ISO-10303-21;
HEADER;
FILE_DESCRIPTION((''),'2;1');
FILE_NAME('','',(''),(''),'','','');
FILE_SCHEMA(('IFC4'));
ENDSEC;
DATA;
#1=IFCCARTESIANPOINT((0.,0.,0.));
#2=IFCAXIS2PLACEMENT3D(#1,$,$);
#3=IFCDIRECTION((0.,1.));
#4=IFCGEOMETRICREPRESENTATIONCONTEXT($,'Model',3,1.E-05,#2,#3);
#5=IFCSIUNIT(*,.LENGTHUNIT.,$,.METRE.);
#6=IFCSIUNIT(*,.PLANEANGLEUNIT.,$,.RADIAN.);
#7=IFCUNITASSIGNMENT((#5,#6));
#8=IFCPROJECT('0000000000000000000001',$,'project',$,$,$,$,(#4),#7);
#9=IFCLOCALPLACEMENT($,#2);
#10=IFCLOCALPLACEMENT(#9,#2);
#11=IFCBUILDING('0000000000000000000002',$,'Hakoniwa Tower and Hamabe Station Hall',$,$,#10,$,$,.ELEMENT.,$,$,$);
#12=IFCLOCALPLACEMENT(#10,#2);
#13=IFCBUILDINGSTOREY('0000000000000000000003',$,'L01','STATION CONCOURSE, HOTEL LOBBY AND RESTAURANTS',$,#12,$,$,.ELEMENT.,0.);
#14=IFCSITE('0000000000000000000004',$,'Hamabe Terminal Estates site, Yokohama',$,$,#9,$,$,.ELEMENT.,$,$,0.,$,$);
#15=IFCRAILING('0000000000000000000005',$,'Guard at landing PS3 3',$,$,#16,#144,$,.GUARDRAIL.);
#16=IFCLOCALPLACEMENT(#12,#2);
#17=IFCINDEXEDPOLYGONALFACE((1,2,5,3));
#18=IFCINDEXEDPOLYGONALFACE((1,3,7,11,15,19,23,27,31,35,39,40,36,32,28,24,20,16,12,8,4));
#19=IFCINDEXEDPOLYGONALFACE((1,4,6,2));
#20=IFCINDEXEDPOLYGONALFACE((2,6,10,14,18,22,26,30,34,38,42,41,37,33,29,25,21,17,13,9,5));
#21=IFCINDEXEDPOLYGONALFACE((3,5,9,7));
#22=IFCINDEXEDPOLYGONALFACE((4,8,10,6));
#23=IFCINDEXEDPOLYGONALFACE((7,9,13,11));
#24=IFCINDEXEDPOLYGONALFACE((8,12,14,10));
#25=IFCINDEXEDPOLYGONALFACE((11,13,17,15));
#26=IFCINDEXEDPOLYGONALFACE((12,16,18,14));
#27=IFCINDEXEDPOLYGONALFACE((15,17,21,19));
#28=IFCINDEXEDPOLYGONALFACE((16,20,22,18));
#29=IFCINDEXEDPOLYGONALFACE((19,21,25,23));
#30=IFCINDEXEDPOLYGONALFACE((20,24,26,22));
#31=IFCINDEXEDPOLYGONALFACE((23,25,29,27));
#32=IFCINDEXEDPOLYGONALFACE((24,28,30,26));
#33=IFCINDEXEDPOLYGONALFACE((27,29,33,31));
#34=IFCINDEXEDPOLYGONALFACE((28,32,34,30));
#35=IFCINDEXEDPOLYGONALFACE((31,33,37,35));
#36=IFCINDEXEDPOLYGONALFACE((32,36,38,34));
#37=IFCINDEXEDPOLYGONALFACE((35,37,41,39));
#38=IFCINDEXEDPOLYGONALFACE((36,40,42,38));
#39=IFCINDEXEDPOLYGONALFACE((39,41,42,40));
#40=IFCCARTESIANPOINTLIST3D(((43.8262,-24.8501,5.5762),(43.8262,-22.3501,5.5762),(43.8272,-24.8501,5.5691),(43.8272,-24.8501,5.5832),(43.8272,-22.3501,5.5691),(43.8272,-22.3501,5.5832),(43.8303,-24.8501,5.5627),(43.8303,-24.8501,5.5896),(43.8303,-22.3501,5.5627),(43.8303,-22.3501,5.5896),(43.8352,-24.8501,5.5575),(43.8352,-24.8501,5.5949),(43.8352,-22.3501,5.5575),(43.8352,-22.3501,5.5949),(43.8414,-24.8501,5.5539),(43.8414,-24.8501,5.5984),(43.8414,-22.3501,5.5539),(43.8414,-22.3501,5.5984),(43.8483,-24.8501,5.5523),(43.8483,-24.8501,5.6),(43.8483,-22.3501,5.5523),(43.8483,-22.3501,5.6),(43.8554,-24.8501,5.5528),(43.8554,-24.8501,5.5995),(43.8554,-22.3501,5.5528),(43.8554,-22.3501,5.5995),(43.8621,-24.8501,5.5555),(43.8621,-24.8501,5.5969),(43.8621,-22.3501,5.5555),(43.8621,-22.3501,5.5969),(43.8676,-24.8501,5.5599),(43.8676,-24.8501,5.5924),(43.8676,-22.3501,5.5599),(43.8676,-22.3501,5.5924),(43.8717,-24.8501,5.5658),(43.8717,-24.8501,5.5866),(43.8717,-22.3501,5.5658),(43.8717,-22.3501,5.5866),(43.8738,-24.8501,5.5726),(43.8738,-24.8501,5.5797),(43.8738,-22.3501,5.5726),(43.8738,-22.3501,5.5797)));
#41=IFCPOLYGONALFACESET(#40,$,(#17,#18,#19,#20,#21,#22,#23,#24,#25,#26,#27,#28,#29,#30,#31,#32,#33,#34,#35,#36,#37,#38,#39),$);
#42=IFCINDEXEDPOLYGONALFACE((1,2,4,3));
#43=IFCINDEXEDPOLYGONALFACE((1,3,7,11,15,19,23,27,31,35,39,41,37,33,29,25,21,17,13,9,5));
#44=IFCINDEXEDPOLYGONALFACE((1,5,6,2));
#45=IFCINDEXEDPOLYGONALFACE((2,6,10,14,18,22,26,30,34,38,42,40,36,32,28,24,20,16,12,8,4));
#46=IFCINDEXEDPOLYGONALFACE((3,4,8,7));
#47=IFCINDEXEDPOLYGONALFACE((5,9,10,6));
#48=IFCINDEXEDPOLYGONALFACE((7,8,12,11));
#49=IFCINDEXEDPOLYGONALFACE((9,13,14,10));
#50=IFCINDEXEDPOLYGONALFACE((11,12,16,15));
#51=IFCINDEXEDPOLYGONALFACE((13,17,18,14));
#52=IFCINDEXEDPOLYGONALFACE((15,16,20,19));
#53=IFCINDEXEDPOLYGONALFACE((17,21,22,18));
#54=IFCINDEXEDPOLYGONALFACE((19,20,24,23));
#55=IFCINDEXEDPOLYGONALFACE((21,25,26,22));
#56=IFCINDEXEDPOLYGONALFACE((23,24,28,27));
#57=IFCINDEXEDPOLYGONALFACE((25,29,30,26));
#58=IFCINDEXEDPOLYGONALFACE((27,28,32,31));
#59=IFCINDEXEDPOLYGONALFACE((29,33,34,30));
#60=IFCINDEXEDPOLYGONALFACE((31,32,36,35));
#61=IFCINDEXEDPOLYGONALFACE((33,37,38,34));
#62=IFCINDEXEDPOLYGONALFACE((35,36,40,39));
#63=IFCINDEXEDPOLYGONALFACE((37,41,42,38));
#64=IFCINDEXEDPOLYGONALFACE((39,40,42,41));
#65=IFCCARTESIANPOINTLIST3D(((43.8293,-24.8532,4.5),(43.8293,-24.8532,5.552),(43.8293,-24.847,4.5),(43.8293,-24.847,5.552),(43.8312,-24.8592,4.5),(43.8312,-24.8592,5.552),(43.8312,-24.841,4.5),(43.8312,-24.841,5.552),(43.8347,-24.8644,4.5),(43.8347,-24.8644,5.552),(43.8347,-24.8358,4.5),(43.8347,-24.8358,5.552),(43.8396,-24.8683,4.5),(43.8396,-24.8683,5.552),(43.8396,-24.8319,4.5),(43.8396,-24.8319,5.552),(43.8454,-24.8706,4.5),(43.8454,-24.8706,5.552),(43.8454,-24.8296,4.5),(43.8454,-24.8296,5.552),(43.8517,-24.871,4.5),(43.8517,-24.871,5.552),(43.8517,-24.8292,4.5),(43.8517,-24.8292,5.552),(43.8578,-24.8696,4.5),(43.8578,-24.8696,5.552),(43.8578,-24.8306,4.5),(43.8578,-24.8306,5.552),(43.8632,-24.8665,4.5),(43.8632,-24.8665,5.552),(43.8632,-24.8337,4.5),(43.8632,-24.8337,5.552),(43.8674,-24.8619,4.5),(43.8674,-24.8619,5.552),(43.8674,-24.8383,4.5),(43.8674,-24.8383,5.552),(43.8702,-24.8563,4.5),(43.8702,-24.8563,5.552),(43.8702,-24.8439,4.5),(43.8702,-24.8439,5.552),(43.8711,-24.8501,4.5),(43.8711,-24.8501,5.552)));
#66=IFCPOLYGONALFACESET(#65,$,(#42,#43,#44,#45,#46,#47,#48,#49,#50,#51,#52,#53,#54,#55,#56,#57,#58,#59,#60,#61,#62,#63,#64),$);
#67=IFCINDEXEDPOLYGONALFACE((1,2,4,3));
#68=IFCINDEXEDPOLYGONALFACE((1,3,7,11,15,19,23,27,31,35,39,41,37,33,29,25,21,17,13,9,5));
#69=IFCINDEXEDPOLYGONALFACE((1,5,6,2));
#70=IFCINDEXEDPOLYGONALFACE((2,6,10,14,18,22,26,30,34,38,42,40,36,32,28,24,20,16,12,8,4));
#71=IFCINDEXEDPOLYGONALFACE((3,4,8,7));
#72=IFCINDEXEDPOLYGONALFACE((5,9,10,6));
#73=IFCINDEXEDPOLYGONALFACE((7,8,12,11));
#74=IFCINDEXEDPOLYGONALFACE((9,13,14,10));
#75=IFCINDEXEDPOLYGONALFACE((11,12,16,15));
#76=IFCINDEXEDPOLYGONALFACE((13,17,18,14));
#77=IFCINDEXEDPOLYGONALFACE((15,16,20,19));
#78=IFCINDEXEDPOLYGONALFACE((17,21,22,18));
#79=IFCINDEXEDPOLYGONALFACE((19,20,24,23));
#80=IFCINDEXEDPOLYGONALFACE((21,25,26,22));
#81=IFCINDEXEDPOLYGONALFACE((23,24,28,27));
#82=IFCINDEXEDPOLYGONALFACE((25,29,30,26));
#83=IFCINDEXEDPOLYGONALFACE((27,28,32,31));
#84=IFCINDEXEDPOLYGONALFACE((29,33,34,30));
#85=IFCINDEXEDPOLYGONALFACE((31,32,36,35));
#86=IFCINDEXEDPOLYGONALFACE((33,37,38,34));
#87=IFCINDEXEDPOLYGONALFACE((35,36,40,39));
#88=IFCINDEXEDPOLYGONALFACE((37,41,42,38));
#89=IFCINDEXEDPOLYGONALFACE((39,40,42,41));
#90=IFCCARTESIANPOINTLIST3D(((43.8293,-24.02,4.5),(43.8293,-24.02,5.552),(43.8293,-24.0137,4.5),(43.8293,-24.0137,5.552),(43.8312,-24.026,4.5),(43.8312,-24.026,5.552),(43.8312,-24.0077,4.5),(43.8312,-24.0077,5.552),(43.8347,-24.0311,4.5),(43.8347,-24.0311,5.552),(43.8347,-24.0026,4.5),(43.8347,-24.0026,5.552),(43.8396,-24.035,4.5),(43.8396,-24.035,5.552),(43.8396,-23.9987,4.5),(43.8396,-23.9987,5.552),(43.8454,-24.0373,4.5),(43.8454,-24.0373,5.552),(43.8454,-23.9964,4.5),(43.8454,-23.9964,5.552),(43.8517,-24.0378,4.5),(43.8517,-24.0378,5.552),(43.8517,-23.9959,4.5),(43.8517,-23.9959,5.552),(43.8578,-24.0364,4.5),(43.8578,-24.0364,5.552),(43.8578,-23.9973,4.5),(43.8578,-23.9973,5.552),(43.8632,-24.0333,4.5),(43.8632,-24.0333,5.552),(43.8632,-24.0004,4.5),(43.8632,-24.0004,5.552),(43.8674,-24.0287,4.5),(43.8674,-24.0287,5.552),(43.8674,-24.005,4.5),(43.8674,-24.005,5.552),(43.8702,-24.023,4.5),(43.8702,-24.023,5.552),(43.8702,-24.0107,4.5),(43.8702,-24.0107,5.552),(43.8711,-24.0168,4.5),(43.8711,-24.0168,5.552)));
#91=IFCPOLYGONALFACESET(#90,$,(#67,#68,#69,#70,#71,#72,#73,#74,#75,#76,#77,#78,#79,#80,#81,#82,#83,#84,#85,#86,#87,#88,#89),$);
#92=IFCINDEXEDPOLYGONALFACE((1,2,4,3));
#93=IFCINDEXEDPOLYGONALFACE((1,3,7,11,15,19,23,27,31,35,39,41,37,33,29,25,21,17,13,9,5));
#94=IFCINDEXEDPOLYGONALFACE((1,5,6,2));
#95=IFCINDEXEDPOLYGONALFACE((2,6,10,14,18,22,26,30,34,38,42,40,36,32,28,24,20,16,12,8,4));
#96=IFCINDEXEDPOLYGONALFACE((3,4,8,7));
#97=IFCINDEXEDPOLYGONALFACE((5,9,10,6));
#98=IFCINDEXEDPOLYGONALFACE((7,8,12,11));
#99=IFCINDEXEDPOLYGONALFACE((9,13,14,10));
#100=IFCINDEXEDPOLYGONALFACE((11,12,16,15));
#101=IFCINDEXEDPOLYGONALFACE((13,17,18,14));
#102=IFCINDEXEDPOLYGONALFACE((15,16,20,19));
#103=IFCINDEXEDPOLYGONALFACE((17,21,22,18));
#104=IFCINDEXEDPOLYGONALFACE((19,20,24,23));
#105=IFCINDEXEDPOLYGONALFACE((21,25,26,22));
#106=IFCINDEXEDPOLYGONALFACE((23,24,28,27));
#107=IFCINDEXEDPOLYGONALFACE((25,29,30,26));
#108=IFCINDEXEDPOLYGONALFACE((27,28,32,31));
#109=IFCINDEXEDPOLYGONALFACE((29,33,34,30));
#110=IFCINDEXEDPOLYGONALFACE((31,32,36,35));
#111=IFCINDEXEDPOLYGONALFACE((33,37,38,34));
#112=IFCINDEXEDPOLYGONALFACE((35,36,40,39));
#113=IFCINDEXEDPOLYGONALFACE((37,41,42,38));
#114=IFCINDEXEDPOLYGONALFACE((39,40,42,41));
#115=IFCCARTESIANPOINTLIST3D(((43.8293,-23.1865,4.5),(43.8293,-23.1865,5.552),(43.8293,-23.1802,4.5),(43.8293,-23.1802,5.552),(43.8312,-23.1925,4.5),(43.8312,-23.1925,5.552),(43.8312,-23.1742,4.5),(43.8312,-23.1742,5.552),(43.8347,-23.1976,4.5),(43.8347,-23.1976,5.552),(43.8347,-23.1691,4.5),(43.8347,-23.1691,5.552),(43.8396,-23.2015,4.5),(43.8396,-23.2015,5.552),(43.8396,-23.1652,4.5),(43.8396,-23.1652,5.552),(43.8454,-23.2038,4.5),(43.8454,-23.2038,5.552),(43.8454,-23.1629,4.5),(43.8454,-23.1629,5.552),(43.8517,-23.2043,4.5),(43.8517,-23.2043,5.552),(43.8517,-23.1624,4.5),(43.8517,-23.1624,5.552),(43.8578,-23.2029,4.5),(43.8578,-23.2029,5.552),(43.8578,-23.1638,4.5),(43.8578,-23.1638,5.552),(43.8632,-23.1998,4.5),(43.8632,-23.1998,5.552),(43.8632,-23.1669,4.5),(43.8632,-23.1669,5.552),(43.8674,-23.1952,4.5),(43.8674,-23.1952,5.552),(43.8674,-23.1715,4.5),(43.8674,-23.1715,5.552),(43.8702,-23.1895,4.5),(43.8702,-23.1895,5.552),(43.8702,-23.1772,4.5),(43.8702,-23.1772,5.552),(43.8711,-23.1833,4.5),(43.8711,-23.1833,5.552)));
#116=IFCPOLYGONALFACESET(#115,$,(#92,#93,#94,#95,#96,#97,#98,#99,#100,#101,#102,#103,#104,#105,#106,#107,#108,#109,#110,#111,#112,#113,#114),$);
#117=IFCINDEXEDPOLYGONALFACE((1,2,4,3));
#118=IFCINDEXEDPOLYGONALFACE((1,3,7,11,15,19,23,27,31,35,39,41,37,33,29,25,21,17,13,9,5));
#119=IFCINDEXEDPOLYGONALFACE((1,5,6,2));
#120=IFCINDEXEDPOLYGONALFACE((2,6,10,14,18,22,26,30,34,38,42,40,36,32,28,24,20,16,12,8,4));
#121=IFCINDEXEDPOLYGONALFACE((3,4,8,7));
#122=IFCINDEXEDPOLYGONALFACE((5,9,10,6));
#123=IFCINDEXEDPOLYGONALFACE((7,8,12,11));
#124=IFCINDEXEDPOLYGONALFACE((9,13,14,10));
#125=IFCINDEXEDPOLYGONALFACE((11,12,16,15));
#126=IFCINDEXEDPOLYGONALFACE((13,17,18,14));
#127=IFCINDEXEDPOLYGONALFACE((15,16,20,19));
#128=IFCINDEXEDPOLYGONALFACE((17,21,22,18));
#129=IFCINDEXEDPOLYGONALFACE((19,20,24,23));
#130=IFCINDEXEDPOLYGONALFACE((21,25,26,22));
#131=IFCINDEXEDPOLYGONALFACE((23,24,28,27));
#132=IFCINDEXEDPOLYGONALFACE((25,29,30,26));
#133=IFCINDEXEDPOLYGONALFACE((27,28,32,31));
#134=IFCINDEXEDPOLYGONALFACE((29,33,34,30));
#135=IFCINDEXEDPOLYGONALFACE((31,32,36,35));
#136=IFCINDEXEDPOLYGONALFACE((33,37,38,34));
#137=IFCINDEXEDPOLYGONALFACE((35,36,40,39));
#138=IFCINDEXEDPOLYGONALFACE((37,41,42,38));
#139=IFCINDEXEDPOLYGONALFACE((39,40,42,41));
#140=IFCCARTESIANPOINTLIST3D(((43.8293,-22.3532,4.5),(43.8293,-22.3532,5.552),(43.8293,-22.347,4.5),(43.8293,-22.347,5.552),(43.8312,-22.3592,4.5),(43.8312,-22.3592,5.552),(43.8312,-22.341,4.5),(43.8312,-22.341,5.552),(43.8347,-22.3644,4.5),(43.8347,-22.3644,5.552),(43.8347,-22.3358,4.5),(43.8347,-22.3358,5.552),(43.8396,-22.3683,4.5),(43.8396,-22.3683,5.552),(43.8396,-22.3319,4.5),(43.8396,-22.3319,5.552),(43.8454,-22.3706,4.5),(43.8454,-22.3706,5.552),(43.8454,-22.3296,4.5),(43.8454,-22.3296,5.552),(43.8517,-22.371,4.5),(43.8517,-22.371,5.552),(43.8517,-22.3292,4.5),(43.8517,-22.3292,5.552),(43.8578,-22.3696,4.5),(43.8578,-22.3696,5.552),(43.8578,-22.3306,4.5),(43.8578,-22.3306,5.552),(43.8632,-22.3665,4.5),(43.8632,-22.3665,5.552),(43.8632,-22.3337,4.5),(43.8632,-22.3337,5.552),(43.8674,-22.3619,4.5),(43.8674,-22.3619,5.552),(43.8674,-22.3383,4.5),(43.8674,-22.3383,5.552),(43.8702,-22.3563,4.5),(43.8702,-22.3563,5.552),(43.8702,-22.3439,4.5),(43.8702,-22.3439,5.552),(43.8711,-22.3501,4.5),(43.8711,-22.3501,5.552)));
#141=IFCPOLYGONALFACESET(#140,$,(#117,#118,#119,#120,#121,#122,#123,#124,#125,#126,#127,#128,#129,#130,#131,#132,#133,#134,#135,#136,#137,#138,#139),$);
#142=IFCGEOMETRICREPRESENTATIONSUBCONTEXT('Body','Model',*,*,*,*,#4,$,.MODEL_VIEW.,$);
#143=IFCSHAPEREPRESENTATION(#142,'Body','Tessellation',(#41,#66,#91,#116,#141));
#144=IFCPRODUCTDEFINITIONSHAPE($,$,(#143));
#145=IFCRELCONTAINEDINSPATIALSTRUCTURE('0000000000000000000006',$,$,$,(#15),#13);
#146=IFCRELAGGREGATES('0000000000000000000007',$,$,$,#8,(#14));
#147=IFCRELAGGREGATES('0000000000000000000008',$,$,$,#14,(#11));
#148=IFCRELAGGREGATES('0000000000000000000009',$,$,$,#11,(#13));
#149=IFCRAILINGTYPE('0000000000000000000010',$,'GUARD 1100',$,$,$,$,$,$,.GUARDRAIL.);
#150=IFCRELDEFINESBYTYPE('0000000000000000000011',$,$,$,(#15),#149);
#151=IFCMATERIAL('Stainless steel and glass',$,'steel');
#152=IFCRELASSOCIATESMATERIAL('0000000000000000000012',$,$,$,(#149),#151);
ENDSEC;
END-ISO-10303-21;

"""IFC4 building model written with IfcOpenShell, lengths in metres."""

from ifc_helpers import new_model, si_unit, direction, frame, origin, origin_2d, place, context, subcontext, project, spatial, circle, extrude, material, type_object, element, save


model = new_model("IFC4")

# Units and contexts
model_context = context("Model", 3, precision=1e-05, world=origin(), true_north=direction((0.0, 1.0)))
body_context = subcontext(model_context, "Body", "Model", "MODEL_VIEW")
ifc_project = project(units=[si_unit("LENGTHUNIT", "METRE"), si_unit("PLANEANGLEUNIT", "RADIAN")], contexts=[model_context])

# Site, building, storey
site_placement = place(None, origin())
site = spatial("IfcSite", under=ifc_project, at=site_placement, Name="Hamabe Terminal Estates site, Yokohama", CompositionType="ELEMENT", RefElevation=0.0)
building_placement = place(site_placement, origin())
building = spatial("IfcBuilding", under=site, at=building_placement, Name="Hakoniwa Tower and Hamabe Station Hall", CompositionType="ELEMENT")
storey_placement = place(building_placement, origin())
storey = spatial("IfcBuildingStorey", under=building, at=storey_placement, Name="L01", Description="STATION CONCOURSE, HOTEL LOBBY AND RESTAURANTS", CompositionType="ELEMENT", Elevation=0.0)

# Railing
ifc_material_1 = material(Name="Stainless steel and glass", Category="steel")
railing_type_1 = type_object("IfcRailingType", Name="GUARD 1100", PredefinedType="GUARDRAIL", material=ifc_material_1)
railing_placement = place(storey_placement, frame((43.8501, -24.8501, 4.5)))
element("IfcRailing", 1, at=railing_placement, inside=storey, type_object=railing_type_1, Name="Guard at landing PS3 3", PredefinedType="GUARDRAIL", context=body_context, shape_type="SweptSolid", body=[
    extrude(circle(Radius=0.0239, at=origin_2d()), frame((0.0, 0.0, 1.0762), z_axis=(0.0, 1.0, 0.0), x_axis=(-1.0, 0.0, 0.0)), (0.0, 0.0, 1.0), 2.5),
    extrude(circle(Radius=0.021, at=origin_2d()), origin(), (0.0, 0.0, 1.0), 1.052),
    extrude(circle(Radius=0.021, at=origin_2d()), frame((0.0, 0.8333, 0.0)), (0.0, 0.0, 1.0), 1.052),
    extrude(circle(Radius=0.021, at=origin_2d()), frame((0.0, 1.6667, 0.0)), (0.0, 0.0, 1.0), 1.052),
    extrude(circle(Radius=0.021, at=origin_2d()), frame((0.0, 2.5, 0.0)), (0.0, 0.0, 1.0), 1.052),
])

save(model, "model.ifc")
